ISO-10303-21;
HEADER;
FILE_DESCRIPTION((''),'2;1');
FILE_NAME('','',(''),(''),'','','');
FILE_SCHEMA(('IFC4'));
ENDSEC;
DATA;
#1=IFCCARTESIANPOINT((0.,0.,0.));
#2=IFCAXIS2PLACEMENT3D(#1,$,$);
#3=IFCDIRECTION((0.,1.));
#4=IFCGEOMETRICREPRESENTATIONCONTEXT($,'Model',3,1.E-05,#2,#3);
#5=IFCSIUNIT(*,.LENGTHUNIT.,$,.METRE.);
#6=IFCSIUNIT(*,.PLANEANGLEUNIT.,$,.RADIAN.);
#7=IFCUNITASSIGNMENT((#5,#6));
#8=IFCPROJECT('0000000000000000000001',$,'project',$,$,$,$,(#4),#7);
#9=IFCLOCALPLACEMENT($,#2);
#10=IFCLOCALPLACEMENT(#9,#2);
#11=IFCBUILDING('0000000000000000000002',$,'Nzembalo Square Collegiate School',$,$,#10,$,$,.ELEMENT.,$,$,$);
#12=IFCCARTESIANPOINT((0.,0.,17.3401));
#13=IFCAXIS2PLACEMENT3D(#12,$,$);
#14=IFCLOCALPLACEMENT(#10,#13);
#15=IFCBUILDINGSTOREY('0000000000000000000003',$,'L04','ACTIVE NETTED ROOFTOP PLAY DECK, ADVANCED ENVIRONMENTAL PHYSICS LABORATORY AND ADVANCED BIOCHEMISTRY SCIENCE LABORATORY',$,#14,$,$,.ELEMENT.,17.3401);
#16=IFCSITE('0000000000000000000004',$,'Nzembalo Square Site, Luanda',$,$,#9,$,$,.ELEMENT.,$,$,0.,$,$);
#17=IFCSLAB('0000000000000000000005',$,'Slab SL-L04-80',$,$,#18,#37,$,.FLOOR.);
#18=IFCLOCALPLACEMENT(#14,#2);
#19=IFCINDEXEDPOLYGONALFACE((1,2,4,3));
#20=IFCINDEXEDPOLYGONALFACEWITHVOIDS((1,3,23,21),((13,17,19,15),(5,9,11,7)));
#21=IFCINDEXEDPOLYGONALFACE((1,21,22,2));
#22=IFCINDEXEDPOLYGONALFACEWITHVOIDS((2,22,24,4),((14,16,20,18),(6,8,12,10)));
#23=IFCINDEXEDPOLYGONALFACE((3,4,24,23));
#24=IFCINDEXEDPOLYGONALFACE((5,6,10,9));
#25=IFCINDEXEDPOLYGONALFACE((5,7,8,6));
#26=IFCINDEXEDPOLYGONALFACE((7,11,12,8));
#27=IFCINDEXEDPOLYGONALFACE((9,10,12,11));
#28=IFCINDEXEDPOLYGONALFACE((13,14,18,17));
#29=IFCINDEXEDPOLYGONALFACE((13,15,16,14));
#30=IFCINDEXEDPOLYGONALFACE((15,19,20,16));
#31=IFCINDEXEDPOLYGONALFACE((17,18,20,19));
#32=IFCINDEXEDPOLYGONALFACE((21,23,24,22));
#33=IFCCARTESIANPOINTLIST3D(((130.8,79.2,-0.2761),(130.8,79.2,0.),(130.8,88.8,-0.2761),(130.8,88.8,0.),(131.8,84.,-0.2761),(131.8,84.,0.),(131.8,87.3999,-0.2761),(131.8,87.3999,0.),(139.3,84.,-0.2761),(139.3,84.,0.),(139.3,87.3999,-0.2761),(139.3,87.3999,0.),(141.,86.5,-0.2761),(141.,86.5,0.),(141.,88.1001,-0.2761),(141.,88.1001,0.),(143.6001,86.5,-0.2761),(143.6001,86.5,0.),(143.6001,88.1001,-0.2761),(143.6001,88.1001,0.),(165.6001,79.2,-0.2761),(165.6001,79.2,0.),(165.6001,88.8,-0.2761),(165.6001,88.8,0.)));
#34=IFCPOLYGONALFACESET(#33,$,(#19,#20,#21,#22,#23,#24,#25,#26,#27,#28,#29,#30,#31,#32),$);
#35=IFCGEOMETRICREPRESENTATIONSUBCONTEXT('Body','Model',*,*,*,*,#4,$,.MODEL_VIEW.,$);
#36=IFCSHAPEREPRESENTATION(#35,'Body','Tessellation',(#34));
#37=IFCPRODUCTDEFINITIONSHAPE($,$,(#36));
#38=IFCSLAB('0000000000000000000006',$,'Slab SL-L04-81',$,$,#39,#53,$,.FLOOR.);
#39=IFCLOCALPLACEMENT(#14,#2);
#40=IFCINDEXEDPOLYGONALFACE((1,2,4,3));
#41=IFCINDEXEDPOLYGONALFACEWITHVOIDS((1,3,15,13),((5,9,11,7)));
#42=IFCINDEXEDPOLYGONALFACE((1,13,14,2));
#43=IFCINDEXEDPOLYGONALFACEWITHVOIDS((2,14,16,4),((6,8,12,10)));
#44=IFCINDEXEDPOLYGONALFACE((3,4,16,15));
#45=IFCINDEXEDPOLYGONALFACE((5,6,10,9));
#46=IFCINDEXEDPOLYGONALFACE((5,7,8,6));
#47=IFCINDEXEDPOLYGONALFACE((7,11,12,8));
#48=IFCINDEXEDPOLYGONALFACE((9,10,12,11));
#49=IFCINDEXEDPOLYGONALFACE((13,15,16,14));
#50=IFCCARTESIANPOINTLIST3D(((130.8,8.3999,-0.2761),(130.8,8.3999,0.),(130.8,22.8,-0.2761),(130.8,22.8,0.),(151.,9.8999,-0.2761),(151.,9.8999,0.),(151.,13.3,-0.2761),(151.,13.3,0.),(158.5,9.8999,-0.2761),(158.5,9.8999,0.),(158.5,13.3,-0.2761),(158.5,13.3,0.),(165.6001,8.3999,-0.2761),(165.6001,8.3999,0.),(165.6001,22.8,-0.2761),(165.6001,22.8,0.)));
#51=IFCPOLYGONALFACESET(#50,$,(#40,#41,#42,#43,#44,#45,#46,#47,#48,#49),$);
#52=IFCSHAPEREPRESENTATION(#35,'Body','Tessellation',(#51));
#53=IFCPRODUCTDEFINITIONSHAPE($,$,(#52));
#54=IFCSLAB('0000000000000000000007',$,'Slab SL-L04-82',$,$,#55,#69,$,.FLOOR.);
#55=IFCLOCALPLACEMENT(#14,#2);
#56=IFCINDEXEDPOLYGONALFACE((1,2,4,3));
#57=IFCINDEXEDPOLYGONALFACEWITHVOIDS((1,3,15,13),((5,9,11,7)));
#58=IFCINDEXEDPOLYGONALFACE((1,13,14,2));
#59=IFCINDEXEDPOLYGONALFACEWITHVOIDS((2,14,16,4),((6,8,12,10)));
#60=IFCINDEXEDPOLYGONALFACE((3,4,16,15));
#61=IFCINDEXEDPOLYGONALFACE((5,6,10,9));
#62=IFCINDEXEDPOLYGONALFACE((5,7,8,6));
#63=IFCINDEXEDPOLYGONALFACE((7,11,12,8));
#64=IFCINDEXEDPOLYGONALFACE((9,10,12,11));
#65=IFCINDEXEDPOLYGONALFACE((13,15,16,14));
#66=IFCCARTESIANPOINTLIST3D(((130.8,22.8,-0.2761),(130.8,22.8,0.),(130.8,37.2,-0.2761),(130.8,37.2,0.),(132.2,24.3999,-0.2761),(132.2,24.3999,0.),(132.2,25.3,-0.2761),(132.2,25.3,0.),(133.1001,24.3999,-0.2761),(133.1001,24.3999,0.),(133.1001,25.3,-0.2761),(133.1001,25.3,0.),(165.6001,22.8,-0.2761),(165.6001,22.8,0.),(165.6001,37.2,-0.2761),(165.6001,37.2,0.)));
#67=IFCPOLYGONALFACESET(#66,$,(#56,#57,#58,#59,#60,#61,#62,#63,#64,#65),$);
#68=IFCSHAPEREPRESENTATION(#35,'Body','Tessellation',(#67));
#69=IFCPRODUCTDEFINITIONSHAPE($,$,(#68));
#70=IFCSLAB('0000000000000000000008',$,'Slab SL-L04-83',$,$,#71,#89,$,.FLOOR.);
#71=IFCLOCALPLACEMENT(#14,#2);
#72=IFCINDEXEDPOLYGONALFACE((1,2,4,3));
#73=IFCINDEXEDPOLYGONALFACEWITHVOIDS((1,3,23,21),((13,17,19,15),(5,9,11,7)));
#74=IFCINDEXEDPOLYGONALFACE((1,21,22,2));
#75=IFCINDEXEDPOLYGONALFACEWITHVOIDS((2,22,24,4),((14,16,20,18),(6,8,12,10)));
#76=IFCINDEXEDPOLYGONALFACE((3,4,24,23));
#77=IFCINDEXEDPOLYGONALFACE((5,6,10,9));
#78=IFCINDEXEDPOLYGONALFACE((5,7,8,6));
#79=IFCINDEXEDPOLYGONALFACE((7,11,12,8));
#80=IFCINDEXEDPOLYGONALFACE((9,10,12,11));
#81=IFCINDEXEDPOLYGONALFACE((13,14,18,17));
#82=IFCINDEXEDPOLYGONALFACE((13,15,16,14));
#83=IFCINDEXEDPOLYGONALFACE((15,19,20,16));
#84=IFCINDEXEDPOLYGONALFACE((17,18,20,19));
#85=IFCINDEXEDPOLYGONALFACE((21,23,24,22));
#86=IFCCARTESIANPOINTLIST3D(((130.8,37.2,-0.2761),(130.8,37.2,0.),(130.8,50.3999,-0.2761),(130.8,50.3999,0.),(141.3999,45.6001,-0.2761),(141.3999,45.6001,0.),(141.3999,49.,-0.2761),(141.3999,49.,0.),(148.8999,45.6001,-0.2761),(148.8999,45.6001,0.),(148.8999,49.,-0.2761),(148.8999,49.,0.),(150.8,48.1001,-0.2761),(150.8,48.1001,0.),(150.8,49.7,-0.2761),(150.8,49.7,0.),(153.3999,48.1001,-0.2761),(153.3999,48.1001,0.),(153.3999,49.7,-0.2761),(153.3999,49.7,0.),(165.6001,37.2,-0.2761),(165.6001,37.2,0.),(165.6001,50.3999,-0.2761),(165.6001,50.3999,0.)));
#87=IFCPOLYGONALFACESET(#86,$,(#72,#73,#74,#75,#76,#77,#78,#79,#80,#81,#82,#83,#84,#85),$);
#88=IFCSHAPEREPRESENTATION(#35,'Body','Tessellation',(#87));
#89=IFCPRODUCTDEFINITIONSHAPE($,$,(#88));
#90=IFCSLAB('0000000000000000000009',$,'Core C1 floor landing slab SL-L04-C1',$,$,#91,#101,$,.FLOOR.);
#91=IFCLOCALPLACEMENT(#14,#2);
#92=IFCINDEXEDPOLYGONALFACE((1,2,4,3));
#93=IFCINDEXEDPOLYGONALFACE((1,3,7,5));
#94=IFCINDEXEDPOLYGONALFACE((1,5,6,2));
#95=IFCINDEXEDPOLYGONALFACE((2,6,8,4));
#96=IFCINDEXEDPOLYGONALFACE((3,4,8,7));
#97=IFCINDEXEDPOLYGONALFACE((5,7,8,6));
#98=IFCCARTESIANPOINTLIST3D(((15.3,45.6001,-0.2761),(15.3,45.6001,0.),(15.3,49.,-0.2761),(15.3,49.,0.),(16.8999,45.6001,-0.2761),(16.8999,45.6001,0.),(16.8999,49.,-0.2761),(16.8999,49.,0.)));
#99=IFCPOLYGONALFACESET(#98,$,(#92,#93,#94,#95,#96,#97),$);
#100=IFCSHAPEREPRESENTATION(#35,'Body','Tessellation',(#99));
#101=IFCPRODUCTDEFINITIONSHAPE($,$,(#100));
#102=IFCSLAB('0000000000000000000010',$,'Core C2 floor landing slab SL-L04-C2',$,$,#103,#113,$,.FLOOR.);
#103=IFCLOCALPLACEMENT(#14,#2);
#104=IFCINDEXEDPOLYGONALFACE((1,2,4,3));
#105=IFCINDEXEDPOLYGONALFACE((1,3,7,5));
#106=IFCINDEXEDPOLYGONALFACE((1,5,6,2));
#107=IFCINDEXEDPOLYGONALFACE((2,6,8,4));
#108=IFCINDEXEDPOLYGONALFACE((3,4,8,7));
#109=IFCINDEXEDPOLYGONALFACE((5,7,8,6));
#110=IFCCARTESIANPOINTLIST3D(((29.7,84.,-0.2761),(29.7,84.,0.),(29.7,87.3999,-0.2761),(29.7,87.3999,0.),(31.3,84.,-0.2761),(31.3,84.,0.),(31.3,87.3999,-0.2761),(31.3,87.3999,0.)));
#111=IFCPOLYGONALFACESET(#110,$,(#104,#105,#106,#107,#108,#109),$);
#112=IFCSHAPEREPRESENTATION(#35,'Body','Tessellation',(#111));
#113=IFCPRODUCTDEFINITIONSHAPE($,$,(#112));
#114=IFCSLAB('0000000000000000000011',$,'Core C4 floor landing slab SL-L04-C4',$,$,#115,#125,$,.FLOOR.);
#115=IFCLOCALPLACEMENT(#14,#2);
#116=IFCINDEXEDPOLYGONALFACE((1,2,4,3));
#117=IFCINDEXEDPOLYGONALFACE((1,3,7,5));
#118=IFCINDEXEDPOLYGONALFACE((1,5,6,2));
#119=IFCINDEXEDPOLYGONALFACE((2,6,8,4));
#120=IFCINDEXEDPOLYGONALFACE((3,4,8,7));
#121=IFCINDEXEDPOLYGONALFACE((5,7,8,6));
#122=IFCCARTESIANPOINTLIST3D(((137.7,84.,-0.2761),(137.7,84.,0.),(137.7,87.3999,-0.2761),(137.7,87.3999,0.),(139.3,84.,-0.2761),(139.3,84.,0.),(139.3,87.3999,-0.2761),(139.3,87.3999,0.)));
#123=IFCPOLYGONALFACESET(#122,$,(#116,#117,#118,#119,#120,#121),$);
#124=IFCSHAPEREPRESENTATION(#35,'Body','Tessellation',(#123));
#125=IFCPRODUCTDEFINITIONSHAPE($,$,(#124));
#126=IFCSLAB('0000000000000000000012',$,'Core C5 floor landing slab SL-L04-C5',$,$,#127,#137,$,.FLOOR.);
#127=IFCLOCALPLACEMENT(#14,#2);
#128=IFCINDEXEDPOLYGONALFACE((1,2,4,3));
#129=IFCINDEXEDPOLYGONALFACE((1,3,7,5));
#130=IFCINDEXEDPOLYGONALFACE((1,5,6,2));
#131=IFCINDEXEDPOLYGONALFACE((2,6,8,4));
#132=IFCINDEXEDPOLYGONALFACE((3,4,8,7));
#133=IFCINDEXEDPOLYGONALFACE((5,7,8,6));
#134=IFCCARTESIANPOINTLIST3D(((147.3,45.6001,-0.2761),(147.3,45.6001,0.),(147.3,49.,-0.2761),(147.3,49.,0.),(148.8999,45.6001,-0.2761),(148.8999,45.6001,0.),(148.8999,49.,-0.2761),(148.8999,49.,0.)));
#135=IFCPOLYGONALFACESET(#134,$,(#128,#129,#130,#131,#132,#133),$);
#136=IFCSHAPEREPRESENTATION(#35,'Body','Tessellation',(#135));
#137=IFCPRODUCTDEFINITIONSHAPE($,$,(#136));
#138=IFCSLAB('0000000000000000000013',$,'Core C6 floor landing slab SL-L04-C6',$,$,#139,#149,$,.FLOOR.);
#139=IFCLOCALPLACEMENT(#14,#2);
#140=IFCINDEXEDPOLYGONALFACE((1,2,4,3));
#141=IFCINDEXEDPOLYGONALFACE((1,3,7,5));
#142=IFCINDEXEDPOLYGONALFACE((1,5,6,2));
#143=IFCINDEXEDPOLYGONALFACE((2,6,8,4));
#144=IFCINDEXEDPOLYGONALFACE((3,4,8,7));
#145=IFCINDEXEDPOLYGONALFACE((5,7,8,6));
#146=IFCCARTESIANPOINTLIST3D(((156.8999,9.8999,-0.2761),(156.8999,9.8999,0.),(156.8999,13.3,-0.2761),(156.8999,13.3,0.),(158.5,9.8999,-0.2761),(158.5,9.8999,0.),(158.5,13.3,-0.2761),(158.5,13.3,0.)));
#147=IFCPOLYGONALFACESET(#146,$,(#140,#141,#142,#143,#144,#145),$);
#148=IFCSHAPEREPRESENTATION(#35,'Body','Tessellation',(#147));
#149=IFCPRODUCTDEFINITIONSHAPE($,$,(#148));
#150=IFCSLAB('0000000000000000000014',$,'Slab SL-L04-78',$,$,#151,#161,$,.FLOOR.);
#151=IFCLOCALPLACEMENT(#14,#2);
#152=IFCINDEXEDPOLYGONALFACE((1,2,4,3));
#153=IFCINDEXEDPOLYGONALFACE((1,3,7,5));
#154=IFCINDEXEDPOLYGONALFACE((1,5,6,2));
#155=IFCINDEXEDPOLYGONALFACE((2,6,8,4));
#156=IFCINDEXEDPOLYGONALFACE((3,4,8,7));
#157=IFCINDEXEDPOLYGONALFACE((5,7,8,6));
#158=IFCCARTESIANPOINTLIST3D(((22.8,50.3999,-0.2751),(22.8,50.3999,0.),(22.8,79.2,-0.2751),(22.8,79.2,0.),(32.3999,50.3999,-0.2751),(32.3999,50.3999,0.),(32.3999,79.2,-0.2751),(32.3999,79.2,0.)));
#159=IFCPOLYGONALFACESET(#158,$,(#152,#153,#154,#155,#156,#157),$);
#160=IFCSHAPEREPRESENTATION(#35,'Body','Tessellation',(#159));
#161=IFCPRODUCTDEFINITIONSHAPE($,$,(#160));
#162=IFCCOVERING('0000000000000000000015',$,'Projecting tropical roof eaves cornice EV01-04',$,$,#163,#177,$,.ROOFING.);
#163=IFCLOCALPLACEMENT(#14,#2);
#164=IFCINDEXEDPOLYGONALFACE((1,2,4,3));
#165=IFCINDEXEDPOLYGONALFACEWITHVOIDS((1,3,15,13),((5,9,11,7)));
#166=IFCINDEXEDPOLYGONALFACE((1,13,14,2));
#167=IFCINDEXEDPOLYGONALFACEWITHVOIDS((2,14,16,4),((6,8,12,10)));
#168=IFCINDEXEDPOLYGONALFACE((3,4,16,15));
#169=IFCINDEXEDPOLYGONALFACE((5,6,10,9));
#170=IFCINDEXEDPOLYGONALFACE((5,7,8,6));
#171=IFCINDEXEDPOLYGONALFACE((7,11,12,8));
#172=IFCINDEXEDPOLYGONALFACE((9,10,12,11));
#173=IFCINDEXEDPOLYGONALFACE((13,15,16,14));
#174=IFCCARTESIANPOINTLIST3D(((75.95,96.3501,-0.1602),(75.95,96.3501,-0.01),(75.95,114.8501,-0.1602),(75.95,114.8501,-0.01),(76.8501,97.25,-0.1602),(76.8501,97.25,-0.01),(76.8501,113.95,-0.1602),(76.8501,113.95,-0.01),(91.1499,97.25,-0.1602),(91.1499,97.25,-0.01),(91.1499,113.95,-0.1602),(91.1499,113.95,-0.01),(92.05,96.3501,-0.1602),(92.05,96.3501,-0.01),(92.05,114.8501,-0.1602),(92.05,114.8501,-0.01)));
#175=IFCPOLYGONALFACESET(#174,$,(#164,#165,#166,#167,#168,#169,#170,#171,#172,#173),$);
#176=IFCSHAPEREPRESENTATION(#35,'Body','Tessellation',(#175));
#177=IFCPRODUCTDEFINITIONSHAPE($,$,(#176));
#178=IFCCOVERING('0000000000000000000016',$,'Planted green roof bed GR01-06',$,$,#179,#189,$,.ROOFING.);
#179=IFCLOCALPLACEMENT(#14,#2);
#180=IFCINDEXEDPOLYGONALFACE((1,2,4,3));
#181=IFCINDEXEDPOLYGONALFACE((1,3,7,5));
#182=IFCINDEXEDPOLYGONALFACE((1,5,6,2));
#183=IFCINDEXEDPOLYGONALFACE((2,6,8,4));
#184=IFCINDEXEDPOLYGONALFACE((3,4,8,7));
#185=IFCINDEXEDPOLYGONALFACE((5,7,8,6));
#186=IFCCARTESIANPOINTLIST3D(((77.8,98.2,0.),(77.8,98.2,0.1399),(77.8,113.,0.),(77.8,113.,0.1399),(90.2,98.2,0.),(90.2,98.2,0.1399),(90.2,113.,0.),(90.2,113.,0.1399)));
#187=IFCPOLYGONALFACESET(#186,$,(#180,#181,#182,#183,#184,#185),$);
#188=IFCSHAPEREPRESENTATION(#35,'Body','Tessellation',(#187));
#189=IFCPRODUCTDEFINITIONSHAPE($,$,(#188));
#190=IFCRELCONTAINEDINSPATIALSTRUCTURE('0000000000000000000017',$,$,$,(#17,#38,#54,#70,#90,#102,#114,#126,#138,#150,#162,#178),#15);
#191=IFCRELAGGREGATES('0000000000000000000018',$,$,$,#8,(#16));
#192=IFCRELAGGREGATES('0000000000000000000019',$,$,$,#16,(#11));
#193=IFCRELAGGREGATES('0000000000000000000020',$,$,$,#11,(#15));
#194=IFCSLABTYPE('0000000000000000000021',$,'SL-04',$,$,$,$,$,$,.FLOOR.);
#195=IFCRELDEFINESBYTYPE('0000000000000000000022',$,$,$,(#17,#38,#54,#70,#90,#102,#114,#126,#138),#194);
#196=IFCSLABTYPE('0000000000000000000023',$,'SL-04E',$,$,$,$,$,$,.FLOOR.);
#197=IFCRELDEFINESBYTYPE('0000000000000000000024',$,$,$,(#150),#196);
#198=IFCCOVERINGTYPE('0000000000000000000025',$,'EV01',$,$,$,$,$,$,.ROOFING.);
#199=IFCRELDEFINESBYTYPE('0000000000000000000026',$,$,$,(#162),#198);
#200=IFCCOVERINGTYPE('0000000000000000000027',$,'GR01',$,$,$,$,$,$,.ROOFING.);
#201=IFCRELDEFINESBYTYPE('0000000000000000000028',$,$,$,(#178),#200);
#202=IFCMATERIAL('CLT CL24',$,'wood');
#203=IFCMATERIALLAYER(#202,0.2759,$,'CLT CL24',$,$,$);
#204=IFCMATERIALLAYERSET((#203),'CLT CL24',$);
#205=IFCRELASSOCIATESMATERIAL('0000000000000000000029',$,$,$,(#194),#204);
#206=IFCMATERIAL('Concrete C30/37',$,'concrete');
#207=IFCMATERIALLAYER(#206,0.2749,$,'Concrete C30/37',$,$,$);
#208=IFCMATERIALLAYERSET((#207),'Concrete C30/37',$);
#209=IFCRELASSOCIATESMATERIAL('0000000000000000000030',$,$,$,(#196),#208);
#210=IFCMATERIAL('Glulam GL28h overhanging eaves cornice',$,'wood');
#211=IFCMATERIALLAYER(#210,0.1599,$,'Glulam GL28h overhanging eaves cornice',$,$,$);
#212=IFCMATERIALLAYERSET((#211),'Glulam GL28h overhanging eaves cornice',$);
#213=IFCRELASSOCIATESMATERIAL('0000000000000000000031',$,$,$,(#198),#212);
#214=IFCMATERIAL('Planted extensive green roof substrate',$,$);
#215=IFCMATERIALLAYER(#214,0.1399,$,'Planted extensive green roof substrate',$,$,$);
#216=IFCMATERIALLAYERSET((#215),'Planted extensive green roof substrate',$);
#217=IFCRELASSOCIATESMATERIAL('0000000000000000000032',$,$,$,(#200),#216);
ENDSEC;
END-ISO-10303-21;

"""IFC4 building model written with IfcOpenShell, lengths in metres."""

from ifc_helpers import new_model, si_unit, direction, frame, origin, place, context, subcontext, project, spatial, polyline, outline, extrude, material, layer, layer_set, type_object, element, save


model = new_model("IFC4")

# Units and contexts
model_context = context("Model", 3, precision=1e-05, world=origin(), true_north=direction((0.0, 1.0)))
body_context = subcontext(model_context, "Body", "Model", "MODEL_VIEW")
ifc_project = project(units=[si_unit("LENGTHUNIT", "METRE"), si_unit("PLANEANGLEUNIT", "RADIAN")], contexts=[model_context])

# Site, building, storey
site_placement = place(None, origin())
site = spatial("IfcSite", under=ifc_project, at=site_placement, Name="Nzembalo Square Site, Luanda", CompositionType="ELEMENT", RefElevation=0.0)
building_placement = place(site_placement, origin())
building = spatial("IfcBuilding", under=site, at=building_placement, Name="Nzembalo Square Collegiate School", CompositionType="ELEMENT")
storey_placement = place(building_placement, frame((0.0, 0.0, 17.3401)))
storey = spatial("IfcBuildingStorey", under=building, at=storey_placement, Name="L04", Description="ACTIVE NETTED ROOFTOP PLAY DECK, ADVANCED ENVIRONMENTAL PHYSICS LABORATORY AND ADVANCED BIOCHEMISTRY SCIENCE LABORATORY", CompositionType="ELEMENT", Elevation=17.3401)

# Slabs
ifc_material_1 = material(Name="CLT CL24", Category="wood")
ifc_layer_1 = layer(ifc_material_1, 0.2759, Name="CLT CL24")
ifc_layer_set_1 = layer_set([ifc_layer_1], Name="CLT CL24")
slab_type_1 = type_object("IfcSlabType", Name="SL-04", PredefinedType="FLOOR", material=ifc_layer_set_1)
slab_1_placement = place(storey_placement, frame((0.0, 0.0, -0.2761)))
element("IfcSlab", 1, at=slab_1_placement, inside=storey, type_object=slab_type_1, Name="Slab SL-L04-80", PredefinedType="FLOOR", context=body_context, shape_type="SweptSolid", body=[
    extrude(outline(polyline([(130.8, 79.2), (165.6001, 79.2), (165.6001, 88.8), (130.8, 88.8), (130.8, 79.2)]), holes=[polyline([(141.0, 86.5), (143.6001, 86.5), (143.6001, 88.1001), (141.0, 88.1001), (141.0, 86.5)]), polyline([(139.3, 87.3999), (131.8, 87.3999), (131.8, 84.0), (139.3, 84.0), (139.3, 87.3999)])]), origin(), (0.0, 0.0, 1.0), 0.2761),
])
slab_2_placement = place(storey_placement, frame((0.0, 0.0, -0.2761)))
element("IfcSlab", 2, at=slab_2_placement, inside=storey, type_object=slab_type_1, Name="Slab SL-L04-81", PredefinedType="FLOOR", context=body_context, shape_type="SweptSolid", body=[
    extrude(outline(polyline([(130.8, 8.3999), (165.6001, 8.3999), (165.6001, 22.8), (130.8, 22.8), (130.8, 8.3999)]), holes=[polyline([(158.5, 13.3), (151.0, 13.3), (151.0, 9.8999), (158.5, 9.8999), (158.5, 13.3)])]), origin(), (0.0, 0.0, 1.0), 0.2761),
])
slab_3_placement = place(storey_placement, frame((0.0, 0.0, -0.2761)))
element("IfcSlab", 3, at=slab_3_placement, inside=storey, type_object=slab_type_1, Name="Slab SL-L04-82", PredefinedType="FLOOR", context=body_context, shape_type="SweptSolid", body=[
    extrude(outline(polyline([(130.8, 22.8), (165.6001, 22.8), (165.6001, 37.2), (130.8, 37.2), (130.8, 22.8)]), holes=[polyline([(132.2, 24.3999), (133.1001, 24.3999), (133.1001, 25.3), (132.2, 25.3), (132.2, 24.3999)])]), origin(), (0.0, 0.0, 1.0), 0.2761),
])
slab_4_placement = place(storey_placement, frame((0.0, 0.0, -0.2761)))
element("IfcSlab", 4, at=slab_4_placement, inside=storey, type_object=slab_type_1, Name="Slab SL-L04-83", PredefinedType="FLOOR", context=body_context, shape_type="SweptSolid", body=[
    extrude(outline(polyline([(130.8, 37.2), (165.6001, 37.2), (165.6001, 50.3999), (130.8, 50.3999), (130.8, 37.2)]), holes=[polyline([(150.8, 48.1001), (153.3999, 48.1001), (153.3999, 49.7), (150.8, 49.7), (150.8, 48.1001)]), polyline([(148.8999, 49.0), (141.3999, 49.0), (141.3999, 45.6001), (148.8999, 45.6001), (148.8999, 49.0)])]), origin(), (0.0, 0.0, 1.0), 0.2761),
])
slab_5_placement = place(storey_placement, frame((0.0, 0.0, -0.2761)))
element("IfcSlab", 5, at=slab_5_placement, inside=storey, type_object=slab_type_1, Name="Core C1 floor landing slab SL-L04-C1", PredefinedType="FLOOR", context=body_context, shape_type="SweptSolid", body=[
    extrude(outline(polyline([(15.3, 45.6001), (16.8999, 45.6001), (16.8999, 49.0), (15.3, 49.0), (15.3, 45.6001)])), origin(), (0.0, 0.0, 1.0), 0.2761),
])
slab_6_placement = place(storey_placement, frame((0.0, 0.0, -0.2761)))
element("IfcSlab", 6, at=slab_6_placement, inside=storey, type_object=slab_type_1, Name="Core C2 floor landing slab SL-L04-C2", PredefinedType="FLOOR", context=body_context, shape_type="SweptSolid", body=[
    extrude(outline(polyline([(29.7, 84.0), (31.3, 84.0), (31.3, 87.3999), (29.7, 87.3999), (29.7, 84.0)])), origin(), (0.0, 0.0, 1.0), 0.2761),
])
slab_7_placement = place(storey_placement, frame((0.0, 0.0, -0.2761)))
element("IfcSlab", 7, at=slab_7_placement, inside=storey, type_object=slab_type_1, Name="Core C4 floor landing slab SL-L04-C4", PredefinedType="FLOOR", context=body_context, shape_type="SweptSolid", body=[
    extrude(outline(polyline([(137.7, 84.0), (139.3, 84.0), (139.3, 87.3999), (137.7, 87.3999), (137.7, 84.0)])), origin(), (0.0, 0.0, 1.0), 0.2761),
])
slab_8_placement = place(storey_placement, frame((0.0, 0.0, -0.2761)))
element("IfcSlab", 8, at=slab_8_placement, inside=storey, type_object=slab_type_1, Name="Core C5 floor landing slab SL-L04-C5", PredefinedType="FLOOR", context=body_context, shape_type="SweptSolid", body=[
    extrude(outline(polyline([(147.3, 45.6001), (148.8999, 45.6001), (148.8999, 49.0), (147.3, 49.0), (147.3, 45.6001)])), origin(), (0.0, 0.0, 1.0), 0.2761),
])
slab_9_placement = place(storey_placement, frame((0.0, 0.0, -0.2761)))
element("IfcSlab", 9, at=slab_9_placement, inside=storey, type_object=slab_type_1, Name="Core C6 floor landing slab SL-L04-C6", PredefinedType="FLOOR", context=body_context, shape_type="SweptSolid", body=[
    extrude(outline(polyline([(156.8999, 9.8999), (158.5, 9.8999), (158.5, 13.3), (156.8999, 13.3), (156.8999, 9.8999)])), origin(), (0.0, 0.0, 1.0), 0.2761),
])
ifc_material_2 = material(Name="Concrete C30/37", Category="concrete")
ifc_layer_2 = layer(ifc_material_2, 0.2749, Name="Concrete C30/37")
ifc_layer_set_2 = layer_set([ifc_layer_2], Name="Concrete C30/37")
slab_type_2 = type_object("IfcSlabType", Name="SL-04E", PredefinedType="FLOOR", material=ifc_layer_set_2)
slab_10_placement = place(storey_placement, frame((0.0, 0.0, -0.2751)))
element("IfcSlab", 10, at=slab_10_placement, inside=storey, type_object=slab_type_2, Name="Slab SL-L04-78", PredefinedType="FLOOR", context=body_context, shape_type="SweptSolid", body=[
    extrude(outline(polyline([(22.8, 50.3999), (32.3999, 50.3999), (32.3999, 79.2), (22.8, 79.2), (22.8, 50.3999)])), origin(), (0.0, 0.0, 1.0), 0.2751),
])

# Coverings
ifc_material_3 = material(Name="Glulam GL28h overhanging eaves cornice", Category="wood")
ifc_layer_3 = layer(ifc_material_3, 0.1599, Name="Glulam GL28h overhanging eaves cornice")
ifc_layer_set_3 = layer_set([ifc_layer_3], Name="Glulam GL28h overhanging eaves cornice")
covering_type_1 = type_object("IfcCoveringType", Name="EV01", PredefinedType="ROOFING", material=ifc_layer_set_3)
covering_1_placement = place(storey_placement, frame((0.0, 0.0, -0.1602)))
element("IfcCovering", 11, at=covering_1_placement, inside=storey, type_object=covering_type_1, Name="Projecting tropical roof eaves cornice EV01-04", PredefinedType="ROOFING", context=body_context, shape_type="SweptSolid", body=[
    extrude(outline(polyline([(75.95, 96.3501), (92.05, 96.3501), (92.05, 114.8501), (75.95, 114.8501), (75.95, 96.3501)]), holes=[polyline([(76.8501, 97.25), (91.1499, 97.25), (91.1499, 113.95), (76.8501, 113.95), (76.8501, 97.25)])]), origin(), (0.0, 0.0, 1.0), 0.1501),
])
ifc_material_4 = material(Name="Planted extensive green roof substrate")
ifc_layer_4 = layer(ifc_material_4, 0.1399, Name="Planted extensive green roof substrate")
ifc_layer_set_4 = layer_set([ifc_layer_4], Name="Planted extensive green roof substrate")
covering_type_2 = type_object("IfcCoveringType", Name="GR01", PredefinedType="ROOFING", material=ifc_layer_set_4)
covering_2_placement = place(storey_placement, origin())
element("IfcCovering", 12, at=covering_2_placement, inside=storey, type_object=covering_type_2, Name="Planted green roof bed GR01-06", PredefinedType="ROOFING", context=body_context, shape_type="SweptSolid", body=[
    extrude(outline(polyline([(77.8, 98.2), (90.2, 98.2), (90.2, 113.0), (77.8, 113.0), (77.8, 98.2)])), origin(), (0.0, 0.0, 1.0), 0.1399),
])

save(model, "model.ifc")
